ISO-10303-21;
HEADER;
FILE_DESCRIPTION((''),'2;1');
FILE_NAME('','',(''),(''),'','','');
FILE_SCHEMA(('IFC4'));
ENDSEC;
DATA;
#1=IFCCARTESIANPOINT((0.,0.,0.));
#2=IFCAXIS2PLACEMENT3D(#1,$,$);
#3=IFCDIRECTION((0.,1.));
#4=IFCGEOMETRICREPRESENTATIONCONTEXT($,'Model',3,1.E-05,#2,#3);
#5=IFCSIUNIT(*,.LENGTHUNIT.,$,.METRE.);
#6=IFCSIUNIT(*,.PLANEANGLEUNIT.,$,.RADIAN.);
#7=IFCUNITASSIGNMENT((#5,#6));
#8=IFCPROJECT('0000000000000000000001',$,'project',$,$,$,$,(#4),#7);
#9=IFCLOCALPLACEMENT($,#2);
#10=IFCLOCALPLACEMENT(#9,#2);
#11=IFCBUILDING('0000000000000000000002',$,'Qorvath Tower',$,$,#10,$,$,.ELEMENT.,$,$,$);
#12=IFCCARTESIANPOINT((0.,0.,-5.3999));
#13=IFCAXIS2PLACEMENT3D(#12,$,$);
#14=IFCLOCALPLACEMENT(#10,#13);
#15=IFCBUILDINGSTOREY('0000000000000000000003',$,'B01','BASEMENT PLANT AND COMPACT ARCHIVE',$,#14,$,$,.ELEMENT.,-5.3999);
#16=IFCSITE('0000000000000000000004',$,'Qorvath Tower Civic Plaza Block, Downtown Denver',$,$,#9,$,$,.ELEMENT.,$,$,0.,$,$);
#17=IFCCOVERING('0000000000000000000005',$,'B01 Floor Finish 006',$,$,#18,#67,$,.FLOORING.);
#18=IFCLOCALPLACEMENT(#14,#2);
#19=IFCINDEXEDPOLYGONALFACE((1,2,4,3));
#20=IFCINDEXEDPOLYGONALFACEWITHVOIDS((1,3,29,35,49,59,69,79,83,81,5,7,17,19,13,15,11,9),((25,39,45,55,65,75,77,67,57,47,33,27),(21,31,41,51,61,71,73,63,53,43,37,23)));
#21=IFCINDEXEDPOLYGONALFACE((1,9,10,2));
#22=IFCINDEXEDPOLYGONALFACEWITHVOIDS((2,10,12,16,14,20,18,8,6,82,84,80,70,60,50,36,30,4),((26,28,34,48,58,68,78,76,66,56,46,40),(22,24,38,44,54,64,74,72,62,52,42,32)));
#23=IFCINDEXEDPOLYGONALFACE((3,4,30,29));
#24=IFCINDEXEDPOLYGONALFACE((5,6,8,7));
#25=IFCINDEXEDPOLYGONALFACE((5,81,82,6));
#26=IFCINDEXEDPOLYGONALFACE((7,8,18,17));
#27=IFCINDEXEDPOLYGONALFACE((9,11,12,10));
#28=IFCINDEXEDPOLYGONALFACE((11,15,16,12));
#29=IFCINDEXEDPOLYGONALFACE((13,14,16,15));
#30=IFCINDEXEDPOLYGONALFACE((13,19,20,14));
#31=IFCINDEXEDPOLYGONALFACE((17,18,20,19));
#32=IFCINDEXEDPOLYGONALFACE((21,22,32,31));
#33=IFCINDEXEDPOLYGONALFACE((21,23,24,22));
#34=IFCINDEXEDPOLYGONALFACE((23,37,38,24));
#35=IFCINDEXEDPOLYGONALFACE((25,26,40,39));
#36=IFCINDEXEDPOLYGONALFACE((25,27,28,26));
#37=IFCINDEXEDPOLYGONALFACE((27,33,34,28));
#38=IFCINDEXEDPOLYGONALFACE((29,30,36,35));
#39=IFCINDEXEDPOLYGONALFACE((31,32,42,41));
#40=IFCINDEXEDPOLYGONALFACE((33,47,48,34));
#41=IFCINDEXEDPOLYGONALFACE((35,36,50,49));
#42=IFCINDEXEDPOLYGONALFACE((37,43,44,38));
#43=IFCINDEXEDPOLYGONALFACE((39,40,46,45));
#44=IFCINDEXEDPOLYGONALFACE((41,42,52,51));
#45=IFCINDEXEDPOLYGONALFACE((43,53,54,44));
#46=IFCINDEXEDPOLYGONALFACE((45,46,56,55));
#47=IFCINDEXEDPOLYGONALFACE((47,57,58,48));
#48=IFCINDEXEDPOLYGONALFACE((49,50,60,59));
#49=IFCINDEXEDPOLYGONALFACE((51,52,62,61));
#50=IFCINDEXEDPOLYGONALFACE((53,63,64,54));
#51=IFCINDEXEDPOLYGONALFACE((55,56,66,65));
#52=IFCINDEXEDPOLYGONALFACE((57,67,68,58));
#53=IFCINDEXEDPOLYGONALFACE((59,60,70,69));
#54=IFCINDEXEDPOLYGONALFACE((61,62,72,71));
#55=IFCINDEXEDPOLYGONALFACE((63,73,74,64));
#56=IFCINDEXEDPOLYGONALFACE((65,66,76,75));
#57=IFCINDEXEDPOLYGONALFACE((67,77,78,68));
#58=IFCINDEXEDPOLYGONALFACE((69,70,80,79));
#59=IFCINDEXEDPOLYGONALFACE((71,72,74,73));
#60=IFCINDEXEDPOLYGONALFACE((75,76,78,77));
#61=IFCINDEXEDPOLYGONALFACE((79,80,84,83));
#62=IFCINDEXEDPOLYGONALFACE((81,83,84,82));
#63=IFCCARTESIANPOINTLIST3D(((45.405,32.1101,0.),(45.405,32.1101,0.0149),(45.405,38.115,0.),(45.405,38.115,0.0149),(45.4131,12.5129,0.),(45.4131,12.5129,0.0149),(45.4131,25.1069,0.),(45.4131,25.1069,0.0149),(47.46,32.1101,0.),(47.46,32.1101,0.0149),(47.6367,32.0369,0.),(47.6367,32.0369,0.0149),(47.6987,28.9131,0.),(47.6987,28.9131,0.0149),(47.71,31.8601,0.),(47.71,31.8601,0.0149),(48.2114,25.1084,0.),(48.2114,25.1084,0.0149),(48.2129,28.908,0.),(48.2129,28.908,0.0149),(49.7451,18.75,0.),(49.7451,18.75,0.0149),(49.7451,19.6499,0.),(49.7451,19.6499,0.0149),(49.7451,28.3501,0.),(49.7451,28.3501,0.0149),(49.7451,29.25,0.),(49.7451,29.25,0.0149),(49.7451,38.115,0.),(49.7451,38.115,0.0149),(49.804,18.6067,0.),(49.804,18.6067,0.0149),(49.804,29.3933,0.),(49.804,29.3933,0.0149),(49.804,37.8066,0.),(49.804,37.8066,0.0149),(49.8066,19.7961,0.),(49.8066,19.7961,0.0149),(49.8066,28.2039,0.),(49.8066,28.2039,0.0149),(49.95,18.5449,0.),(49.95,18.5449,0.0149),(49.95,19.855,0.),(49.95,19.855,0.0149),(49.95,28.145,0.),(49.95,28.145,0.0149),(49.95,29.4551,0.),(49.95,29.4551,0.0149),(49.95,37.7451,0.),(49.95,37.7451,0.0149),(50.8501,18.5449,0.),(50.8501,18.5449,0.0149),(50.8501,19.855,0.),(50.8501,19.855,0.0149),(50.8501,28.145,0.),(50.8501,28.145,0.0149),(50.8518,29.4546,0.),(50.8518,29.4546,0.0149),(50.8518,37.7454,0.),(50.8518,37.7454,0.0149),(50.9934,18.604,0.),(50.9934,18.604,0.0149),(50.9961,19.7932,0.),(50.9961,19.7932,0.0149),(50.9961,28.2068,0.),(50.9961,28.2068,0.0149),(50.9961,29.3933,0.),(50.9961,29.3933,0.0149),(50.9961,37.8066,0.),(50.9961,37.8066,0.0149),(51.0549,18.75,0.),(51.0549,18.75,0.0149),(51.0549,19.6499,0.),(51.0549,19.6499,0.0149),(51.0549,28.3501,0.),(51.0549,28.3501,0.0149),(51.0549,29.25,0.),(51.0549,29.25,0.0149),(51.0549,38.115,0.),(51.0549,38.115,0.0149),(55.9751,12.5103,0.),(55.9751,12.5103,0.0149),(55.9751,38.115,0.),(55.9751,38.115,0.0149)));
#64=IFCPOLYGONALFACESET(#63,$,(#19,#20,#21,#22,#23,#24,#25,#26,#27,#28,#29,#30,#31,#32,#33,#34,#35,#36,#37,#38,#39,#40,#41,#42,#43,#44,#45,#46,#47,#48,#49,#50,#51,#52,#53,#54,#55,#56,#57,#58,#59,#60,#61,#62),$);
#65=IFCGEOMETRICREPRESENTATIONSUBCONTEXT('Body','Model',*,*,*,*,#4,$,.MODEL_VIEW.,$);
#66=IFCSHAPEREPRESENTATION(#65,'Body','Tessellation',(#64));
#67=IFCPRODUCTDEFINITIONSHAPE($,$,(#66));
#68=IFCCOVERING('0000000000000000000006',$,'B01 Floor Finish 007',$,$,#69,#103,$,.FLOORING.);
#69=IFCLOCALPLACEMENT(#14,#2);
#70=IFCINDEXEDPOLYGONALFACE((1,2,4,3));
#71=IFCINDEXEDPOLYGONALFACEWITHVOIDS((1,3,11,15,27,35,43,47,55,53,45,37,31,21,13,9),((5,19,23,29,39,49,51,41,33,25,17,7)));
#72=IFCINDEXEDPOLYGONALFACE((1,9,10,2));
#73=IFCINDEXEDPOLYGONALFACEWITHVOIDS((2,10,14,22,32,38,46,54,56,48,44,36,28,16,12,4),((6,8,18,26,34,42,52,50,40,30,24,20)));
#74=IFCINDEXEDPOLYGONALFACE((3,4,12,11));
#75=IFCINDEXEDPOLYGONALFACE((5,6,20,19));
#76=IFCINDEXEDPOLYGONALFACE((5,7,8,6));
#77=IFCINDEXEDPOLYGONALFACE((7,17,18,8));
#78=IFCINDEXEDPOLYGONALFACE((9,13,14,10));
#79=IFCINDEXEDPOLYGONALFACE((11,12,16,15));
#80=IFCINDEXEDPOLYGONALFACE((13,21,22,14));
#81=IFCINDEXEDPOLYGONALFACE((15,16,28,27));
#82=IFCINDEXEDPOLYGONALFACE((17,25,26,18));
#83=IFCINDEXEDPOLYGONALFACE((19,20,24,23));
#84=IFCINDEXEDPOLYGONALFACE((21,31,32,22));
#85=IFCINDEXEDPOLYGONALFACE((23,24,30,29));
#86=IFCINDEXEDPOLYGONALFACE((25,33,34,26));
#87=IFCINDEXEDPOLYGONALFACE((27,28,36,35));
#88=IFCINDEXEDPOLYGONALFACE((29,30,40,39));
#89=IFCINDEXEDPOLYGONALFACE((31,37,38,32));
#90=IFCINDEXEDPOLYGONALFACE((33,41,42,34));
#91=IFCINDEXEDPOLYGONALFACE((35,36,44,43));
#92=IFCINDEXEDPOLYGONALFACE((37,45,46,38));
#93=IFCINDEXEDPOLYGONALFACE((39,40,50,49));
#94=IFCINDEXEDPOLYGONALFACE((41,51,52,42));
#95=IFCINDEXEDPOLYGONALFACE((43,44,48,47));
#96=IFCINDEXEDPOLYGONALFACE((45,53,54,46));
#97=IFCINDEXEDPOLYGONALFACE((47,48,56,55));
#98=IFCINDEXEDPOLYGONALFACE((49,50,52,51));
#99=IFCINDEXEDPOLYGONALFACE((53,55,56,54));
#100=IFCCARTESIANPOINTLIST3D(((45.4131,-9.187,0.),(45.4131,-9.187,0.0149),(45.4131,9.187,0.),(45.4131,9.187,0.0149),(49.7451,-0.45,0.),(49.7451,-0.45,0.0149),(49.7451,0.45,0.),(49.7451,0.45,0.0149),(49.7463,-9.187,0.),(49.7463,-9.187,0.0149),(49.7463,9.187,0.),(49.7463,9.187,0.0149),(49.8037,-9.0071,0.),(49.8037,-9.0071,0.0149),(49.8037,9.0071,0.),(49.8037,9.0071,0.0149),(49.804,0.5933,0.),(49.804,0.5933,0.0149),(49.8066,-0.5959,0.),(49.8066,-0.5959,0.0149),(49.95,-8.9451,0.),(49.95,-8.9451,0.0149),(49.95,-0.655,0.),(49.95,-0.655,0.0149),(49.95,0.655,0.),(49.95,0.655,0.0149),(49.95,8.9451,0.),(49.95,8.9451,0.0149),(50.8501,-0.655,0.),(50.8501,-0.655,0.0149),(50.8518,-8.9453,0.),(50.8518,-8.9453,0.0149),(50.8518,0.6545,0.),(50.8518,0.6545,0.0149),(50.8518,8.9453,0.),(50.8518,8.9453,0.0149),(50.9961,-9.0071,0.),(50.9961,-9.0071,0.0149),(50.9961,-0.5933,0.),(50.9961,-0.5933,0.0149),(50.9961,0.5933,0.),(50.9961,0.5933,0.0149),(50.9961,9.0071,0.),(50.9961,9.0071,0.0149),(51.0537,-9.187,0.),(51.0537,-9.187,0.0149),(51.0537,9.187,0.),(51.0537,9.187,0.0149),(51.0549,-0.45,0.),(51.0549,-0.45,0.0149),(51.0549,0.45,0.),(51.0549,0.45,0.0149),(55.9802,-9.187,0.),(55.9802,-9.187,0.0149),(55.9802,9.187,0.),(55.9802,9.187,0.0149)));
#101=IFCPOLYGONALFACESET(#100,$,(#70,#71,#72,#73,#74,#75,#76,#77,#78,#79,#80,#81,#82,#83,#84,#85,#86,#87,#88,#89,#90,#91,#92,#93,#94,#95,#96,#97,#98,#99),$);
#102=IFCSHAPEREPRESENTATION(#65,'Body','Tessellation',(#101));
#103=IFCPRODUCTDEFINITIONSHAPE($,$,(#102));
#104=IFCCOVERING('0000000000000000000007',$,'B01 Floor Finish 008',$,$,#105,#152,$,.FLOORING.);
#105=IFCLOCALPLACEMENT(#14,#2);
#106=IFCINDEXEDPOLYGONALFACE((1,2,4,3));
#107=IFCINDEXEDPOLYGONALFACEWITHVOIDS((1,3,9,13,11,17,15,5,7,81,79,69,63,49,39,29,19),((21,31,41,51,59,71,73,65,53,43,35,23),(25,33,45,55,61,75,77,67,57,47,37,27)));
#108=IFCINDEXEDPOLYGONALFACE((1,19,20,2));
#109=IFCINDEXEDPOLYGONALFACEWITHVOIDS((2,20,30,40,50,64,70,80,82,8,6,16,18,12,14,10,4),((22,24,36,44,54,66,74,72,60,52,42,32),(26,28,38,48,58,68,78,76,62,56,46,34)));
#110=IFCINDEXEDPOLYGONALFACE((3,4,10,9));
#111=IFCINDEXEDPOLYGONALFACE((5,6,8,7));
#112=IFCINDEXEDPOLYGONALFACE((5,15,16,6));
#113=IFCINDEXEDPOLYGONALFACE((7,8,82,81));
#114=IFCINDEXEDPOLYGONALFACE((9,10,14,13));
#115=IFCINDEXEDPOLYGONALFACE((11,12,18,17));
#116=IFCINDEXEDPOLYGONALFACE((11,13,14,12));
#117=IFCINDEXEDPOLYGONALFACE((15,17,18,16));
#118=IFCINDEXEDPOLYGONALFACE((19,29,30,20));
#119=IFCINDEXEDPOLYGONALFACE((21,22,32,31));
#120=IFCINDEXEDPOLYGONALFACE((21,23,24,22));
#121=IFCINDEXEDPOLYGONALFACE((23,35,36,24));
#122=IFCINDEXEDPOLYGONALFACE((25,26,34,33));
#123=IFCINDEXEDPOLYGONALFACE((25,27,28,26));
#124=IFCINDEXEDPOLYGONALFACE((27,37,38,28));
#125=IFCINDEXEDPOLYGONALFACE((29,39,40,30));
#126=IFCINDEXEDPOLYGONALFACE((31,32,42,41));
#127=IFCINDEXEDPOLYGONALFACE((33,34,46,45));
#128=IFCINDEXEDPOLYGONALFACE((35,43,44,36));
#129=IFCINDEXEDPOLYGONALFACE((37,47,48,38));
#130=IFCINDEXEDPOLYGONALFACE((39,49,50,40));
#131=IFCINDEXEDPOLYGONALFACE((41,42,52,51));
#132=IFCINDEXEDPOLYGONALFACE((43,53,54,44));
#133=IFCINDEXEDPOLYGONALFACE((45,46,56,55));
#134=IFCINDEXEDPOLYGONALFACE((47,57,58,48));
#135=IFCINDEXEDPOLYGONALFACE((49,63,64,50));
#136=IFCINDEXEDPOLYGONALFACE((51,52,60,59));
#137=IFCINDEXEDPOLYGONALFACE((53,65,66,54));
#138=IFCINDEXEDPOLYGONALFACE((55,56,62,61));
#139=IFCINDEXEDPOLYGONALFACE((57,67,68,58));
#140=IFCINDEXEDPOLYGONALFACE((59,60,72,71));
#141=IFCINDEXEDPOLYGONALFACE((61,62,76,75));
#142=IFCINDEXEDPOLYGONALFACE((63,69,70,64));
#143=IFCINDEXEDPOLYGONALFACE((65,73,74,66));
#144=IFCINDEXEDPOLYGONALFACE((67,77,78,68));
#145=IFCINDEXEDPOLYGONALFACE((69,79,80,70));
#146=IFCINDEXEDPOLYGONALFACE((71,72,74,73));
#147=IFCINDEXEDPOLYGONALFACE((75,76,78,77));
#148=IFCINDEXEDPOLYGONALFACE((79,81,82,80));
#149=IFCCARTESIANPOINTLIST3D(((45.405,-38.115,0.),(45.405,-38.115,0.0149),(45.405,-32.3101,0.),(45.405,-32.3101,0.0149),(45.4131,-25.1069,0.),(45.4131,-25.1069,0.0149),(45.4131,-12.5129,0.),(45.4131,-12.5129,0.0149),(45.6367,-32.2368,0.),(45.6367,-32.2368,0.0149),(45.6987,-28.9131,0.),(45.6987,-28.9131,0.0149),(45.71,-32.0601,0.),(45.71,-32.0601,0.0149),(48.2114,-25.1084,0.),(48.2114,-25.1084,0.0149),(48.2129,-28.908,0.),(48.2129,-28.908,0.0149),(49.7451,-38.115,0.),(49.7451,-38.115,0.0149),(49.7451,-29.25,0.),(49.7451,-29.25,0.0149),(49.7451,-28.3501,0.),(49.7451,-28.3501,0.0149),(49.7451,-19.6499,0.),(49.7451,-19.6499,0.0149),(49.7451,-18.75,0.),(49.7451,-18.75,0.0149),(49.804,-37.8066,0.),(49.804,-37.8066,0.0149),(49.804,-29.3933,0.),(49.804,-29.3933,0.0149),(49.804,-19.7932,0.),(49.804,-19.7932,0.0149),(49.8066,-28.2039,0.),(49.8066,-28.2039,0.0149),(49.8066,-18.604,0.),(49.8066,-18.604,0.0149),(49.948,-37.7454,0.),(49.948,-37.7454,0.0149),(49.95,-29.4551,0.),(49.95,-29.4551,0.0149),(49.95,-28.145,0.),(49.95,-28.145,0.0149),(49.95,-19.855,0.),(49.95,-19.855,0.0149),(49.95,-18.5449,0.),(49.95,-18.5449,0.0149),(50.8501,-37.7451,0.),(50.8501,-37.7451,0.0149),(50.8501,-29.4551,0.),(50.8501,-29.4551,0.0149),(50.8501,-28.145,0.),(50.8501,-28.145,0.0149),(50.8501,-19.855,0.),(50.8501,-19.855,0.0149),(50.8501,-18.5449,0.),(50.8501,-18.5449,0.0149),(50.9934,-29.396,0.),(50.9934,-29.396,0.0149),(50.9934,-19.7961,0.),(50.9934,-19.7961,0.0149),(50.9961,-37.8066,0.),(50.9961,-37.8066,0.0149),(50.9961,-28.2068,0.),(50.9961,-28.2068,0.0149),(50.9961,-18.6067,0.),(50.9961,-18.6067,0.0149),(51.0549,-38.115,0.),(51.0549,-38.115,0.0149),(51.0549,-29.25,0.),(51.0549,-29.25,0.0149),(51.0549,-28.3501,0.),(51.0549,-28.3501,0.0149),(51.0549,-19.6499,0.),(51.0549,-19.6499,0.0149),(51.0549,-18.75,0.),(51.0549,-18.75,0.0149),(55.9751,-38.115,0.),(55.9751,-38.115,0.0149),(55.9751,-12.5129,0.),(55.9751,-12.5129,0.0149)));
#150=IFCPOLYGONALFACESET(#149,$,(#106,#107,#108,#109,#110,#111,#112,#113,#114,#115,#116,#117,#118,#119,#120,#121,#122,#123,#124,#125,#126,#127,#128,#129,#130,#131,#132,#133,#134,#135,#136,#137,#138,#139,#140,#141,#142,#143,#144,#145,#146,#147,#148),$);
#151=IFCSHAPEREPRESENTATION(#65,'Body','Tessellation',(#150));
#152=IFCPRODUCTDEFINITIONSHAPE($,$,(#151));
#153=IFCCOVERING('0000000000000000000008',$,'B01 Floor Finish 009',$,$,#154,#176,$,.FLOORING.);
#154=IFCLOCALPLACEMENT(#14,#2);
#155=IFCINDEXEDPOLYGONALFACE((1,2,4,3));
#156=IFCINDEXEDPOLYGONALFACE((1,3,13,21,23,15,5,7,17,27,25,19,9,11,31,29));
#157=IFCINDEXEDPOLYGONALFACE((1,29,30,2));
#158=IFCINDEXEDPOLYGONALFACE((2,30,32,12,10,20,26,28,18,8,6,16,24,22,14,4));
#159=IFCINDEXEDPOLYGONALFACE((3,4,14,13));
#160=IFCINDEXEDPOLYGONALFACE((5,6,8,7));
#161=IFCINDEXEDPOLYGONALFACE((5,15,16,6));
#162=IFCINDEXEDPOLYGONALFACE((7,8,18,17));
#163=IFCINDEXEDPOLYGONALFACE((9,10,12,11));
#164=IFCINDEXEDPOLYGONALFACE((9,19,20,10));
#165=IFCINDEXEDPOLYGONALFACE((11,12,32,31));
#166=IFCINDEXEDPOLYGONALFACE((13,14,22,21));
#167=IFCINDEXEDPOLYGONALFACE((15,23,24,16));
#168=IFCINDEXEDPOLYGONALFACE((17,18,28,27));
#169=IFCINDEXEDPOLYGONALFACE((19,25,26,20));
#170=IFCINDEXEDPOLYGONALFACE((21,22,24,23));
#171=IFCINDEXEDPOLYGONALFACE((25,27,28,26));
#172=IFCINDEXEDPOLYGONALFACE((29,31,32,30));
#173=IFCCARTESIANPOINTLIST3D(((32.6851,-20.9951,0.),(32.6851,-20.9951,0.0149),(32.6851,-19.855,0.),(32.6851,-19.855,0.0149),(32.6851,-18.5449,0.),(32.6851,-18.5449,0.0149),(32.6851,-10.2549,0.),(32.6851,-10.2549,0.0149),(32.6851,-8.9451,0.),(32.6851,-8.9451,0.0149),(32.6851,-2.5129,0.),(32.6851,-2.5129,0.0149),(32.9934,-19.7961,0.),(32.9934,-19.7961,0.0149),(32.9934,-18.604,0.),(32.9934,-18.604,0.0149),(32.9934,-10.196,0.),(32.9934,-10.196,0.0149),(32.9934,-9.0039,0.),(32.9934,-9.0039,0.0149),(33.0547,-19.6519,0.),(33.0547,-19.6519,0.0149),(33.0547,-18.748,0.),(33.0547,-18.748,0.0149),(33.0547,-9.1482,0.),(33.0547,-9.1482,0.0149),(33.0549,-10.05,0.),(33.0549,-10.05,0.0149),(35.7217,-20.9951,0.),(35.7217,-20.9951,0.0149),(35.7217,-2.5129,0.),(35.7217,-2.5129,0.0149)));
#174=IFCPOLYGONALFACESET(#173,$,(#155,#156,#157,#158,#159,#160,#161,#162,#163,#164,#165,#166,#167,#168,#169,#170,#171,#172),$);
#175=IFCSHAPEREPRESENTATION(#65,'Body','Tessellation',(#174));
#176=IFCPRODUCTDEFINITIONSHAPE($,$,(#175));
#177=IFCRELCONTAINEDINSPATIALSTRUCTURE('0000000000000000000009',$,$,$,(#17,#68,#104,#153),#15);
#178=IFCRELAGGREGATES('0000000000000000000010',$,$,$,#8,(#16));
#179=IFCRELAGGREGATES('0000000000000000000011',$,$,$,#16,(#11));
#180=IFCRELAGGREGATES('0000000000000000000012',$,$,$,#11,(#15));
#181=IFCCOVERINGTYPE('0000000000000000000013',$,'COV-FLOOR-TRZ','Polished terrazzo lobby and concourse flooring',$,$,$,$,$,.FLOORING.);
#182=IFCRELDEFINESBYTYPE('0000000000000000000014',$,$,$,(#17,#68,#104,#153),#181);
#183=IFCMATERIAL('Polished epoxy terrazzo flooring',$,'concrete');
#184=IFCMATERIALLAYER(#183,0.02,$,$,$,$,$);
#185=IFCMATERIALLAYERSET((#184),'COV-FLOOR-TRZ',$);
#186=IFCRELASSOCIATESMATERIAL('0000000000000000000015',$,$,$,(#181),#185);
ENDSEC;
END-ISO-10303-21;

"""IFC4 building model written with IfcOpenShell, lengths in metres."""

from ifc_helpers import new_model, si_unit, direction, frame, origin, place, context, subcontext, project, spatial, polyline, outline, extrude, material, layer, layer_set, type_object, element, save


model = new_model("IFC4")

# Units and contexts
model_context = context("Model", 3, precision=1e-05, world=origin(), true_north=direction((0.0, 1.0)))
body_context = subcontext(model_context, "Body", "Model", "MODEL_VIEW")
ifc_project = project(units=[si_unit("LENGTHUNIT", "METRE"), si_unit("PLANEANGLEUNIT", "RADIAN")], contexts=[model_context])

# Site, building, storey
site_placement = place(None, origin())
site = spatial("IfcSite", under=ifc_project, at=site_placement, Name="Qorvath Tower Civic Plaza Block, Downtown Denver", CompositionType="ELEMENT", RefElevation=0.0)
building_placement = place(site_placement, origin())
building = spatial("IfcBuilding", under=site, at=building_placement, Name="Qorvath Tower", CompositionType="ELEMENT")
storey_placement = place(building_placement, frame((0.0, 0.0, -5.3999)))
storey = spatial("IfcBuildingStorey", under=building, at=storey_placement, Name="B01", Description="BASEMENT PLANT AND COMPACT ARCHIVE", CompositionType="ELEMENT", Elevation=-5.3999)

# Coverings
ifc_material_1 = material(Name="Polished epoxy terrazzo flooring", Category="concrete")
ifc_layer_1 = layer(ifc_material_1, 0.02)
ifc_layer_set_1 = layer_set([ifc_layer_1], Name="COV-FLOOR-TRZ")
covering_type_1 = type_object("IfcCoveringType", Name="COV-FLOOR-TRZ", Description="Polished terrazzo lobby and concourse flooring", PredefinedType="FLOORING", material=ifc_layer_set_1)
covering_1_placement = place(storey_placement, origin())
element("IfcCovering", 1, at=covering_1_placement, inside=storey, type_object=covering_type_1, Name="B01 Floor Finish 006", PredefinedType="FLOORING", context=body_context, shape_type="SweptSolid", body=[
    extrude(outline(polyline([(45.405, 38.115), (45.405, 32.1101), (47.46, 32.1101), (47.6367, 32.0369), (47.71, 31.8601), (47.6987, 28.9131), (48.2129, 28.908), (48.2114, 25.1084), (45.4131, 25.1069), (45.4131, 12.5129), (55.9751, 12.5103), (55.9751, 38.115), (51.0549, 38.115), (50.9961, 37.8066), (50.8518, 37.7454), (49.95, 37.7451), (49.804, 37.8066), (49.7451, 38.115), (45.405, 38.115)]), holes=[polyline([(50.8518, 29.4546), (50.9961, 29.3933), (51.0549, 29.25), (51.0549, 28.3501), (50.9961, 28.2068), (50.8501, 28.145), (49.95, 28.145), (49.8066, 28.2039), (49.7451, 28.3501), (49.7451, 29.25), (49.804, 29.3933), (49.95, 29.4551), (50.8518, 29.4546)]), polyline([(50.9961, 19.7932), (51.0549, 19.6499), (51.0549, 18.75), (50.9934, 18.604), (50.8501, 18.5449), (49.95, 18.5449), (49.804, 18.6067), (49.7451, 18.75), (49.7451, 19.6499), (49.8066, 19.7961), (49.95, 19.855), (50.8501, 19.855), (50.9961, 19.7932)])]), origin(), (0.0, 0.0, 1.0), 0.0149),
])
covering_2_placement = place(storey_placement, origin())
element("IfcCovering", 2, at=covering_2_placement, inside=storey, type_object=covering_type_1, Name="B01 Floor Finish 007", PredefinedType="FLOORING", context=body_context, shape_type="SweptSolid", body=[
    extrude(outline(polyline([(55.9802, -9.187), (55.9802, 9.187), (51.0537, 9.187), (50.9961, 9.0071), (50.8518, 8.9453), (49.95, 8.9451), (49.8037, 9.0071), (49.7463, 9.187), (45.4131, 9.187), (45.4131, -9.187), (49.7463, -9.187), (49.8037, -9.0071), (49.95, -8.9451), (50.8518, -8.9453), (50.9961, -9.0071), (51.0537, -9.187), (55.9802, -9.187)]), holes=[polyline([(50.8518, 0.6545), (50.9961, 0.5933), (51.0549, 0.45), (51.0549, -0.45), (50.9961, -0.5933), (50.8501, -0.655), (49.95, -0.655), (49.8066, -0.5959), (49.7451, -0.45), (49.7451, 0.45), (49.804, 0.5933), (49.95, 0.655), (50.8518, 0.6545)])]), origin(), (0.0, 0.0, 1.0), 0.0149),
])
covering_3_placement = place(storey_placement, origin())
element("IfcCovering", 3, at=covering_3_placement, inside=storey, type_object=covering_type_1, Name="B01 Floor Finish 008", PredefinedType="FLOORING", context=body_context, shape_type="SweptSolid", body=[
    extrude(outline(polyline([(55.9751, -38.115), (55.9751, -12.5129), (45.4131, -12.5129), (45.4131, -25.1069), (48.2114, -25.1084), (48.2129, -28.908), (45.6987, -28.9131), (45.71, -32.0601), (45.6367, -32.2368), (45.405, -32.3101), (45.405, -38.115), (49.7451, -38.115), (49.804, -37.8066), (49.948, -37.7454), (50.8501, -37.7451), (50.9961, -37.8066), (51.0549, -38.115), (55.9751, -38.115)]), holes=[polyline([(50.9961, -28.2068), (51.0549, -28.3501), (51.0549, -29.25), (50.9934, -29.396), (50.8501, -29.4551), (49.95, -29.4551), (49.804, -29.3933), (49.7451, -29.25), (49.7451, -28.3501), (49.8066, -28.2039), (49.95, -28.145), (50.8501, -28.145), (50.9961, -28.2068)]), polyline([(50.9961, -18.6067), (51.0549, -18.75), (51.0549, -19.6499), (50.9934, -19.7961), (50.8501, -19.855), (49.95, -19.855), (49.804, -19.7932), (49.7451, -19.6499), (49.7451, -18.75), (49.8066, -18.604), (49.95, -18.5449), (50.8501, -18.5449), (50.9961, -18.6067)])]), origin(), (0.0, 0.0, 1.0), 0.0149),
])
covering_4_placement = place(storey_placement, origin())
element("IfcCovering", 4, at=covering_4_placement, inside=storey, type_object=covering_type_1, Name="B01 Floor Finish 009", PredefinedType="FLOORING", context=body_context, shape_type="SweptSolid", body=[
    extrude(outline(polyline([(33.0547, -19.6519), (32.9934, -19.7961), (32.6851, -19.855), (32.6851, -20.9951), (35.7217, -20.9951), (35.7217, -2.5129), (32.6851, -2.5129), (32.6851, -8.9451), (32.9934, -9.0039), (33.0547, -9.1482), (33.0549, -10.05), (32.9934, -10.196), (32.6851, -10.2549), (32.6851, -18.5449), (32.9934, -18.604), (33.0547, -18.748), (33.0547, -19.6519)])), origin(), (0.0, 0.0, 1.0), 0.0149),
])

save(model, "model.ifc")
